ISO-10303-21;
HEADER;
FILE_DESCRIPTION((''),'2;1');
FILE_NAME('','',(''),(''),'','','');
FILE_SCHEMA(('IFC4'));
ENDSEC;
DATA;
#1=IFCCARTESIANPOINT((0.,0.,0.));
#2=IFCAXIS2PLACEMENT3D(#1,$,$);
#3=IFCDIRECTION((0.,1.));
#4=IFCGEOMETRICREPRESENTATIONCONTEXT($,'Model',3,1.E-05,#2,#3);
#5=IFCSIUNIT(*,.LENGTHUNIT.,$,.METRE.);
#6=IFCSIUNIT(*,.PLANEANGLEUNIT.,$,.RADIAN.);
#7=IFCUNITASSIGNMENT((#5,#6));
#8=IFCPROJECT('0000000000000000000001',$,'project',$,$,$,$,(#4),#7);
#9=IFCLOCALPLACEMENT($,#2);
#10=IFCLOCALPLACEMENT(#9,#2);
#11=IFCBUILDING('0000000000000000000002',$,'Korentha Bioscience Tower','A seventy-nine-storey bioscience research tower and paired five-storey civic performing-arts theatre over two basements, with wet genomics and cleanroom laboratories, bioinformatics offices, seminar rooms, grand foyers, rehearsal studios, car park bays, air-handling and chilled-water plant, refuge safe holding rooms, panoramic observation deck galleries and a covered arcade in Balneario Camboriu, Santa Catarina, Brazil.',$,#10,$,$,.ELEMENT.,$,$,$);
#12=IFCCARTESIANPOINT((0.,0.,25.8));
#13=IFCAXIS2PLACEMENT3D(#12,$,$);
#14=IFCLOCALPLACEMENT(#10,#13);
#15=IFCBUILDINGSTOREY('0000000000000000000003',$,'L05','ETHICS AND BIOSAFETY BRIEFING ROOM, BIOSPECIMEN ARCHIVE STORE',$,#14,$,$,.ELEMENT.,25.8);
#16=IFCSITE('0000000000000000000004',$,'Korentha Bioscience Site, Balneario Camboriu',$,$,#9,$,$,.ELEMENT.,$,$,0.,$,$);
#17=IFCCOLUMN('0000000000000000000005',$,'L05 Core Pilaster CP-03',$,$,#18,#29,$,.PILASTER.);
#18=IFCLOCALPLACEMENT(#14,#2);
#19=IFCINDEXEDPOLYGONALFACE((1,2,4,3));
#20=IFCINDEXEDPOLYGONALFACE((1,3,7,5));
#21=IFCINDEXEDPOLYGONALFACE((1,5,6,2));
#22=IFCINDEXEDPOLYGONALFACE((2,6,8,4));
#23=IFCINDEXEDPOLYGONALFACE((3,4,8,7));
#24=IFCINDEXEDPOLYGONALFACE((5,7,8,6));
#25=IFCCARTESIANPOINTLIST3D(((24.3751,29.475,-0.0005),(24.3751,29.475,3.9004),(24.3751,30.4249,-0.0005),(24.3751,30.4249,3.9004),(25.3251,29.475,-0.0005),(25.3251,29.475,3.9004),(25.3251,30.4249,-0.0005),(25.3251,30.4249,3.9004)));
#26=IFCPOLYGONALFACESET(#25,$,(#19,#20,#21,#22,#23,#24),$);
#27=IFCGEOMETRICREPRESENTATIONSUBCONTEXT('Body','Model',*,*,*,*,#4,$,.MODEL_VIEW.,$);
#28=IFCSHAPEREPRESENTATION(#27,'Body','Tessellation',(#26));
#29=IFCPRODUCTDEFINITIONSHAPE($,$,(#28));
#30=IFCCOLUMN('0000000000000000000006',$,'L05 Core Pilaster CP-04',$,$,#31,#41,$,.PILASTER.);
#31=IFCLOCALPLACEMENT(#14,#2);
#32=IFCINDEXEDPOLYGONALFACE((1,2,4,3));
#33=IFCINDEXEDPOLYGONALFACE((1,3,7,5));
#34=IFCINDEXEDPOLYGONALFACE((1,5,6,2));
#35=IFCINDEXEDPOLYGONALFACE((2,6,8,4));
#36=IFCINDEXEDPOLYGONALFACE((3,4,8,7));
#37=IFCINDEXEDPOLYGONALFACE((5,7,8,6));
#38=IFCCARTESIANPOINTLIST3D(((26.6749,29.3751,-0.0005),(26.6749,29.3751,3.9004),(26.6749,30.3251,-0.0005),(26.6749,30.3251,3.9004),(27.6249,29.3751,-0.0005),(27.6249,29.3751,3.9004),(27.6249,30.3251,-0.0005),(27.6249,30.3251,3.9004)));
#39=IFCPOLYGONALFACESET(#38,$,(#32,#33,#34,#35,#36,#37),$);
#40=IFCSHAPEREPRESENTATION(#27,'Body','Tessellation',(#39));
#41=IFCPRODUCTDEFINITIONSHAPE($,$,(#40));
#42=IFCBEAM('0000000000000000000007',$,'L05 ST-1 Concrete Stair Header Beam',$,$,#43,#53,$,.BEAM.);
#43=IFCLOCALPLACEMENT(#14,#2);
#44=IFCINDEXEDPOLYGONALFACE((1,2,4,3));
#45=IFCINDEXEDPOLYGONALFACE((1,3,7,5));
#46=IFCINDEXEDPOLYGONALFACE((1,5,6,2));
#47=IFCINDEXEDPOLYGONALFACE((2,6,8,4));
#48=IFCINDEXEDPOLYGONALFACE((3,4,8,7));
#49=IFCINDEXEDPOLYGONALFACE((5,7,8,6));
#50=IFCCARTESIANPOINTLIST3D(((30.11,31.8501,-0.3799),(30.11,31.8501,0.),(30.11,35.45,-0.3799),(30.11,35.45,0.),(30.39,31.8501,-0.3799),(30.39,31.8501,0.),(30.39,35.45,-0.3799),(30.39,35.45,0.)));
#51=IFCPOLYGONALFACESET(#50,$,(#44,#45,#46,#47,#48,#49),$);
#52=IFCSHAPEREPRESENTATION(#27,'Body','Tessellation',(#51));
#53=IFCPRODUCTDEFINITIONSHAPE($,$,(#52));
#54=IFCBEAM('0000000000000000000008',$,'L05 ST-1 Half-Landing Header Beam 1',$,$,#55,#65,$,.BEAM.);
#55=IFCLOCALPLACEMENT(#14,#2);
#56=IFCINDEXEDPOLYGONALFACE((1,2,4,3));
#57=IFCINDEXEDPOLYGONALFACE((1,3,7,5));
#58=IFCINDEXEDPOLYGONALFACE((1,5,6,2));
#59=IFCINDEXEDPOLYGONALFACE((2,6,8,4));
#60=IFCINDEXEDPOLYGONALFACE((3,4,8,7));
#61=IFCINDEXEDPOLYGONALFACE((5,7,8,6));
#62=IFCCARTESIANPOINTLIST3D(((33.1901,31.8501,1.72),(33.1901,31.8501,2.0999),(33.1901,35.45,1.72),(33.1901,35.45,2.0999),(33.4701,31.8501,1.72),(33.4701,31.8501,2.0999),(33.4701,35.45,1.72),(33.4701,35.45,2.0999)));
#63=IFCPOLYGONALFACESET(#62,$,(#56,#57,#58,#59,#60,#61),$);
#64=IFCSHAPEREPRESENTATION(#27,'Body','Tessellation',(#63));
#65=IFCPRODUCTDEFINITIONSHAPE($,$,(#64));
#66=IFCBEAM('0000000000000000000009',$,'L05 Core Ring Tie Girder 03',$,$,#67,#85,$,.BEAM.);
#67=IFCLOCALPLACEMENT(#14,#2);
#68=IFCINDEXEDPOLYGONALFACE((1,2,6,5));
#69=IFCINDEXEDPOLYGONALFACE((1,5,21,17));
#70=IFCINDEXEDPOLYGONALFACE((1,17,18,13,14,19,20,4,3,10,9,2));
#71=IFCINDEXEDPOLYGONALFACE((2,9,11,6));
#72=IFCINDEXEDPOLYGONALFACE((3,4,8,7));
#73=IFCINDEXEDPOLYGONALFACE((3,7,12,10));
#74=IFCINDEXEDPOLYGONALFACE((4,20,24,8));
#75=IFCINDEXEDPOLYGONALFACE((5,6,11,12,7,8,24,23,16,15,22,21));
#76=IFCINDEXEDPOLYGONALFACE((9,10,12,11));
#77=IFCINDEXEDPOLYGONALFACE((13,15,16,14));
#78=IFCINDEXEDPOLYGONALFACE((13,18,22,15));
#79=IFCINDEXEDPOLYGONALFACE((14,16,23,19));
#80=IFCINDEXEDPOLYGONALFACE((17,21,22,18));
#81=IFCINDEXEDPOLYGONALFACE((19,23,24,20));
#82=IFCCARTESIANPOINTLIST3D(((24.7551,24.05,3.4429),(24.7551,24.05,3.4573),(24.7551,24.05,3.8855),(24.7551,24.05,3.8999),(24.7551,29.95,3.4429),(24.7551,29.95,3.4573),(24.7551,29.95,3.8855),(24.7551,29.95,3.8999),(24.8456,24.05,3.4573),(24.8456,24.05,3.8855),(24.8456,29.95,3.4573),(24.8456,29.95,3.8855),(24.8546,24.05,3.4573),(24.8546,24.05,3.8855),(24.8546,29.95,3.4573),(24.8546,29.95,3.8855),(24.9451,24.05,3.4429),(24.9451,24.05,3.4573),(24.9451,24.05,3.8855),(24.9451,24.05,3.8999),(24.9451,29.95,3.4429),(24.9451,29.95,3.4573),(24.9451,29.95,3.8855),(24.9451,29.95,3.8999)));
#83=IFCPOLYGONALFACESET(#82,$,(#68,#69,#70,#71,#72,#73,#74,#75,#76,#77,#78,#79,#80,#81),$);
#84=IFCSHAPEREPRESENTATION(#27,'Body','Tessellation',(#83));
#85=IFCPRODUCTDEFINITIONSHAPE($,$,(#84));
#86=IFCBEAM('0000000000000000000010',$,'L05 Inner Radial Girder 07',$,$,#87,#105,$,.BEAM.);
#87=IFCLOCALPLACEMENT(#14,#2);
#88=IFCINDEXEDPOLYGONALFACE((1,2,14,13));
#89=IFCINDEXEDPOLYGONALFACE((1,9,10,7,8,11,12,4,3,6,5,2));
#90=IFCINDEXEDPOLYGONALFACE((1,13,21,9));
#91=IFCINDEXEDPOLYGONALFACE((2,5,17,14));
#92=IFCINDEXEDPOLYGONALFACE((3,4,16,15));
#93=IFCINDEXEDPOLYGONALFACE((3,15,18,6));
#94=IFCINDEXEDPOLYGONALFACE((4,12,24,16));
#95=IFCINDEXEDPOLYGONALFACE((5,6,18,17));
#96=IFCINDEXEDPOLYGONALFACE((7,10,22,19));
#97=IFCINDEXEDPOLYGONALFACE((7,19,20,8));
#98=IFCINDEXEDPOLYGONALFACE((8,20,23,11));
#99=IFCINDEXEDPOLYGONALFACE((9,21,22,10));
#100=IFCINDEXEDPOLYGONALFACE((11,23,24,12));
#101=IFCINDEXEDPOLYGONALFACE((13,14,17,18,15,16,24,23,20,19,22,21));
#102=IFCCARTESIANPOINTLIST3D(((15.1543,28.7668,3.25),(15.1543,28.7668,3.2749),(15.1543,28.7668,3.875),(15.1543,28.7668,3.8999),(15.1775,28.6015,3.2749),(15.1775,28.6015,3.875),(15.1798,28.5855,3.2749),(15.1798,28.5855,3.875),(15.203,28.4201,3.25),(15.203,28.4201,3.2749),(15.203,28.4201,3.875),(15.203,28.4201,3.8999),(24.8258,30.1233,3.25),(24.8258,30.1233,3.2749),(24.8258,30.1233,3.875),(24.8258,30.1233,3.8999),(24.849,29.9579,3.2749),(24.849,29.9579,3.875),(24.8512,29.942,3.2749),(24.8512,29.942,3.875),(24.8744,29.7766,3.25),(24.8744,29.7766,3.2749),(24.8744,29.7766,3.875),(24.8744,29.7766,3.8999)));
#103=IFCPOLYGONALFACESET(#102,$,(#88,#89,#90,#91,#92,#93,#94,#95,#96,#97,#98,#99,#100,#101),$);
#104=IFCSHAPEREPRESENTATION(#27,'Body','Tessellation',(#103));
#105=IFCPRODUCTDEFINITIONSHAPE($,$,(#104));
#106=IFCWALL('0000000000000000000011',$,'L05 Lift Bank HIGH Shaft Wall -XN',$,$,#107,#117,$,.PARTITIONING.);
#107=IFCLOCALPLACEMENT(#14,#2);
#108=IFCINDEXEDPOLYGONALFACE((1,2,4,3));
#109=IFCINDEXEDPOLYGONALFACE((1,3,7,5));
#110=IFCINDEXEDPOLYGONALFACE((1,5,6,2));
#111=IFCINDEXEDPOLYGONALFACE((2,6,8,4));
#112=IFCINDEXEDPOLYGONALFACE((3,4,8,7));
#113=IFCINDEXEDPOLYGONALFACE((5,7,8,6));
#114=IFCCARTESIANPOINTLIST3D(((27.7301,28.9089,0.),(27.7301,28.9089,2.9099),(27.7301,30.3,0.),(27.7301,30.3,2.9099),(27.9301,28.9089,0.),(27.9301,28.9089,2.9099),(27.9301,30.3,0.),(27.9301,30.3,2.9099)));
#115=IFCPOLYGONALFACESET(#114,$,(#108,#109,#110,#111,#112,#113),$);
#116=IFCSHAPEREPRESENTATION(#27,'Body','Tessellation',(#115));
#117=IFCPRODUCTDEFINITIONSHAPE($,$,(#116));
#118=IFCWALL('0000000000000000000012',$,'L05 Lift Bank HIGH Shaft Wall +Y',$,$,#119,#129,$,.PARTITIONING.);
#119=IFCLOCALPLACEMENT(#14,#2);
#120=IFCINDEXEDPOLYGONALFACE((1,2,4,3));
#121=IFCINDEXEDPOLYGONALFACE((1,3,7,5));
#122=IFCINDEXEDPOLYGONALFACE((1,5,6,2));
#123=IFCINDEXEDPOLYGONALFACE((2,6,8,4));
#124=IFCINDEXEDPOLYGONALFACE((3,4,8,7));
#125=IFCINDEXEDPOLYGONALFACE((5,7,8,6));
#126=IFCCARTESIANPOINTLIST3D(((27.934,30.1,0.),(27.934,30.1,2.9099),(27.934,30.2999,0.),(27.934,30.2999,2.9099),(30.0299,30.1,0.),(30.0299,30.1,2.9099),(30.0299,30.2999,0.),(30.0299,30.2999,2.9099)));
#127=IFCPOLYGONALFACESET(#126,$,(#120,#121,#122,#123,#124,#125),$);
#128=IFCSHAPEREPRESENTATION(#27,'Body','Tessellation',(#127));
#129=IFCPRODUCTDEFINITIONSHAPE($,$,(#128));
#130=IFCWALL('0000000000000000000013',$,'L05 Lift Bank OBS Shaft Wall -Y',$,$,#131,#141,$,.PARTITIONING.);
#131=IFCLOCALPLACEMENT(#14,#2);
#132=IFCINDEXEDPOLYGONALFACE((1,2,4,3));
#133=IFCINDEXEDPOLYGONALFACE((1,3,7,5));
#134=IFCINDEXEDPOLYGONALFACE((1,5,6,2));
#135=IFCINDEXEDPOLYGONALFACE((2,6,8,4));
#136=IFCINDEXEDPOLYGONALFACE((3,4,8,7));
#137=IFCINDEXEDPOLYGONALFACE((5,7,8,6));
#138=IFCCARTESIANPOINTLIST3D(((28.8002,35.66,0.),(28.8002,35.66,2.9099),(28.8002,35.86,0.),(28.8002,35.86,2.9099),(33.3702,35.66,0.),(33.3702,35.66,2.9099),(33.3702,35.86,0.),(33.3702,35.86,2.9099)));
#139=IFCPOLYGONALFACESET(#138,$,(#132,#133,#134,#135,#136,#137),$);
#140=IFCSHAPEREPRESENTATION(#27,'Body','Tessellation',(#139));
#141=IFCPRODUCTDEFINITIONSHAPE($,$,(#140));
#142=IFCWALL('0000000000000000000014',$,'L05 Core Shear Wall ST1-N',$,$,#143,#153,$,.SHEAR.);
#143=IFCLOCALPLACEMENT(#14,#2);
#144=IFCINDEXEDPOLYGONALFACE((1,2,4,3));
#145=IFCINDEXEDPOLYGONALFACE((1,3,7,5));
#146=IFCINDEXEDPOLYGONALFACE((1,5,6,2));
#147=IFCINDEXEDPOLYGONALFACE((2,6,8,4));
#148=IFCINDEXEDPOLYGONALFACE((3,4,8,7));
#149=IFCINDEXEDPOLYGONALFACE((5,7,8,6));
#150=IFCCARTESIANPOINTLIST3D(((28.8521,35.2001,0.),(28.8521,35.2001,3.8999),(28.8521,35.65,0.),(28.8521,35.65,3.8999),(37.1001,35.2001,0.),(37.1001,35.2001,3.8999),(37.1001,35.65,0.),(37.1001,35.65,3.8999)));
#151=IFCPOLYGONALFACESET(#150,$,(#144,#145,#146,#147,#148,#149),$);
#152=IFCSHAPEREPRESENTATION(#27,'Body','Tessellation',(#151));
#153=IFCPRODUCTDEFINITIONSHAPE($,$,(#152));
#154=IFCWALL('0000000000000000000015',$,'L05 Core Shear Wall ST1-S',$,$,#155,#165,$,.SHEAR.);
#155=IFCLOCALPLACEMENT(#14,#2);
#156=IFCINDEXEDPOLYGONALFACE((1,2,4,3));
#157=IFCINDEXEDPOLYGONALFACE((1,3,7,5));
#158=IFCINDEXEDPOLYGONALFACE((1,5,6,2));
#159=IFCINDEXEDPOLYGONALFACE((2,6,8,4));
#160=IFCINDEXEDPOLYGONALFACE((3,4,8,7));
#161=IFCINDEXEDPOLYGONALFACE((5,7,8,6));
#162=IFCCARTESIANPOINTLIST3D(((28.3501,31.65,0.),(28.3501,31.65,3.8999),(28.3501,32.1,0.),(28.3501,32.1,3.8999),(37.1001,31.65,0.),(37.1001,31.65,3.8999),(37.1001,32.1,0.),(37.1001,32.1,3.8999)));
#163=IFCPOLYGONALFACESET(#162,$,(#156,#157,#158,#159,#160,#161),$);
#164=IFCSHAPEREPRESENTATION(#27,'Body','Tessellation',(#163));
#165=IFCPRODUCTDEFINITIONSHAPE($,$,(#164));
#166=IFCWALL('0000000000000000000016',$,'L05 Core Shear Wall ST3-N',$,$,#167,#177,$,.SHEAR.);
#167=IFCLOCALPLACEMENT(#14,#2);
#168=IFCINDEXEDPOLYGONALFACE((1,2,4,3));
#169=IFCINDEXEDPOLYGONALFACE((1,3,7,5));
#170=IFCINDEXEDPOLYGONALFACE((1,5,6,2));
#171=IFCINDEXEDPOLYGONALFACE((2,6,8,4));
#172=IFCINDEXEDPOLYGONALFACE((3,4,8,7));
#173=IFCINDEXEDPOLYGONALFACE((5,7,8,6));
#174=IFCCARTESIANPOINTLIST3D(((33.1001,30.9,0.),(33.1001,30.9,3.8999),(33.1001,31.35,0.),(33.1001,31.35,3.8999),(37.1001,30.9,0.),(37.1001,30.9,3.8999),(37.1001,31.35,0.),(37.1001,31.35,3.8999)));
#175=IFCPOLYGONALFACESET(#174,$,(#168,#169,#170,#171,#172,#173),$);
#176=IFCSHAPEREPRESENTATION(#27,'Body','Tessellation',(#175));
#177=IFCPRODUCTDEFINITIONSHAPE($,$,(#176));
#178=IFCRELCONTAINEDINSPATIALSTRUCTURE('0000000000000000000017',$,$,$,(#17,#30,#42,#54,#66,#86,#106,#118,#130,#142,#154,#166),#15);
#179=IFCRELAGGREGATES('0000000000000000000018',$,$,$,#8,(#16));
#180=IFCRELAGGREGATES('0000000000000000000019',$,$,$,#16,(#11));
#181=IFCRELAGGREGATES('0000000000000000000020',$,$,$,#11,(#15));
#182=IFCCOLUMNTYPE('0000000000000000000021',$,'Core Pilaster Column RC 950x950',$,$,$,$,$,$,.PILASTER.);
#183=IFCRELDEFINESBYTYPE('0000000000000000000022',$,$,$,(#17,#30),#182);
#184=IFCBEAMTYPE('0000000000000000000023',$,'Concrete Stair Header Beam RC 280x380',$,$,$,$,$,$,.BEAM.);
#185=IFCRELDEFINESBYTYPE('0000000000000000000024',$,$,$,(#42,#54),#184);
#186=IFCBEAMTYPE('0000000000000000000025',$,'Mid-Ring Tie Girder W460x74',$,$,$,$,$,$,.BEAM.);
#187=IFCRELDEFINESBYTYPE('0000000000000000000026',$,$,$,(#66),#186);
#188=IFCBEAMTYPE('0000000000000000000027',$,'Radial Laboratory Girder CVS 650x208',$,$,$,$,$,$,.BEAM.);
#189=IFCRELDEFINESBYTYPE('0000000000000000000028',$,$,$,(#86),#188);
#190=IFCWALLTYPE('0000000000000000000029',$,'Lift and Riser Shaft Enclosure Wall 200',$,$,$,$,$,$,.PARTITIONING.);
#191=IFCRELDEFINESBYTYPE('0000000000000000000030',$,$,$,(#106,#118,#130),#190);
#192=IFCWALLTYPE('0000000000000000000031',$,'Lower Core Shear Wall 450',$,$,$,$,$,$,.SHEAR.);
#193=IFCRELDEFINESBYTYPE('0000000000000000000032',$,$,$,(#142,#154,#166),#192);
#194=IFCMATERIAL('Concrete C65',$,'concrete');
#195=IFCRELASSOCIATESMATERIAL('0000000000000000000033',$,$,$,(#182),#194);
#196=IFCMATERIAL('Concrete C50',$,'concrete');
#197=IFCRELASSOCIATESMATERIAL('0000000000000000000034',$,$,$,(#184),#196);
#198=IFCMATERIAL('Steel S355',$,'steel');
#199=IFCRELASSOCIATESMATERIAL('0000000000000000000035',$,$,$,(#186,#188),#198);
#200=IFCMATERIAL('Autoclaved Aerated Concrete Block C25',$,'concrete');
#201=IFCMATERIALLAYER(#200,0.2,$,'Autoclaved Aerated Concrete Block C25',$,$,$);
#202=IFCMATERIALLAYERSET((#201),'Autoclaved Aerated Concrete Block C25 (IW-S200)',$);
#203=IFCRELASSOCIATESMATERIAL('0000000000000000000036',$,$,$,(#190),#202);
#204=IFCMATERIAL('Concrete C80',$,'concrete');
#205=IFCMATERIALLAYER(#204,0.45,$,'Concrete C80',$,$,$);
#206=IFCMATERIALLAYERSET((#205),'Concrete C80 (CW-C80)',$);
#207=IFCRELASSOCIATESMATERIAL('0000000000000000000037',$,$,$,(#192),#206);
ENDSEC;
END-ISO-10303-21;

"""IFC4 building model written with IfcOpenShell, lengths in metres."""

from ifc_helpers import new_model, si_unit, direction, frame, frame_2d, origin, origin_2d, place, context, subcontext, project, spatial, rectangle, i_section, extrude, material, layer, layer_set, material_profile, profile_set, type_object, element, save


model = new_model("IFC4")

# Units and contexts
model_context = context("Model", 3, precision=1e-05, world=origin(), true_north=direction((0.0, 1.0)))
body_context = subcontext(model_context, "Body", "Model", "MODEL_VIEW")
ifc_project = project(units=[si_unit("LENGTHUNIT", "METRE"), si_unit("PLANEANGLEUNIT", "RADIAN")], contexts=[model_context])

# Site, building, storey
site_placement = place(None, origin())
site = spatial("IfcSite", under=ifc_project, at=site_placement, Name="Korentha Bioscience Site, Balneario Camboriu", CompositionType="ELEMENT", RefElevation=0.0)
building_placement = place(site_placement, origin())
building = spatial("IfcBuilding", under=site, at=building_placement, Name="Korentha Bioscience Tower", Description="A seventy-nine-storey bioscience research tower and paired five-storey civic performing-arts theatre over two basements, with wet genomics and cleanroom laboratories, bioinformatics offices, seminar rooms, grand foyers, rehearsal studios, car park bays, air-handling and chilled-water plant, refuge safe holding rooms, panoramic observation deck galleries and a covered arcade in Balneario Camboriu, Santa Catarina, Brazil.", CompositionType="ELEMENT")
storey_placement = place(building_placement, frame((0.0, 0.0, 25.8)))
storey = spatial("IfcBuildingStorey", under=building, at=storey_placement, Name="L05", Description="ETHICS AND BIOSAFETY BRIEFING ROOM, BIOSPECIMEN ARCHIVE STORE", CompositionType="ELEMENT", Elevation=25.8)

# Columns
ifc_material_1 = material(Name="Concrete C65", Category="concrete")
ifc_material_profile_1 = material_profile(ifc_material_1, rectangle(XDim=0.95, YDim=0.95, at=origin_2d()), Name="Concrete C65")
ifc_profile_set_1 = profile_set([ifc_material_profile_1], Name="Concrete C65 (COL-CP09)")
column_type = type_object("IfcColumnType", Name="Core Pilaster Column RC 950x950", PredefinedType="PILASTER", material=ifc_profile_set_1)
for number, where, z_axis, x_axis, name in (
    (1, (24.8501, 29.95, -0.0005), (0.0, 0.0, 1.0), (1.0, 0.0, 0.0), "L05 Core Pilaster CP-03"),
    (2, (27.1499, 29.8501, -0.0005), (0.0, 0.0, 1.0), (1.0, 0.0, 0.0), "L05 Core Pilaster CP-04"),
):
    element("IfcColumn", number, at=place(storey_placement, frame(where, z_axis=z_axis, x_axis=x_axis)), inside=storey, type_object=column_type, Name=name, PredefinedType="PILASTER", context=body_context, shape_type="SweptSolid", body=[
        extrude(rectangle(XDim=0.95, YDim=0.95, at=origin_2d()), origin(), (0.0, 0.0, 1.0), 3.9009),
    ])

# Beams
ifc_material_2 = material(Name="Concrete C50", Category="concrete")
ifc_material_profile_2 = material_profile(ifc_material_2, rectangle(XDim=0.28, YDim=0.3799, at=origin_2d()), Name="Concrete C50")
ifc_profile_set_2 = profile_set([ifc_material_profile_2], Name="Concrete C50 (ST-HB380)")
beam_type_1 = type_object("IfcBeamType", Name="Concrete Stair Header Beam RC 280x380", PredefinedType="BEAM", material=ifc_profile_set_2)
for number, where, z_axis, x_axis, name in (
    (3, (30.25, 31.8501, -0.1899), (0.0, 1.0, 0.0), (-1.0, 0.0, 0.0), "L05 ST-1 Concrete Stair Header Beam"),
    (4, (33.3301, 31.8501, 1.9099), (0.0, 1.0, 0.0), (-1.0, 0.0, 0.0), "L05 ST-1 Half-Landing Header Beam 1"),
):
    element("IfcBeam", number, at=place(storey_placement, frame(where, z_axis=z_axis, x_axis=x_axis)), inside=storey, type_object=beam_type_1, Name=name, PredefinedType="BEAM", context=body_context, shape_type="SweptSolid", body=[
        extrude(rectangle(XDim=0.28, YDim=0.3799, at=origin_2d()), origin(), (0.0, 0.0, 1.0), 3.5999),
    ])
ifc_material_3 = material(Name="Steel S355", Category="steel")
ifc_material_profile_3 = material_profile(ifc_material_3, i_section(OverallWidth=0.1899, OverallDepth=0.457, WebThickness=0.009, FlangeThickness=0.0144, at=origin_2d()), Name="Steel S355")
ifc_profile_set_3 = profile_set([ifc_material_profile_3], Name="Steel S355 (MB-460)")
beam_type_2 = type_object("IfcBeamType", Name="Mid-Ring Tie Girder W460x74", PredefinedType="BEAM", material=ifc_profile_set_3)
beam_1_placement = place(storey_placement, frame((24.8501, 29.95, 3.6714), z_axis=(0.0, -1.0, 0.0), x_axis=(1.0, 0.0, 0.0)))
element("IfcBeam", 5, at=beam_1_placement, inside=storey, type_object=beam_type_2, Name="L05 Core Ring Tie Girder 03", PredefinedType="BEAM", context=body_context, shape_type="SweptSolid", body=[
    extrude(i_section(OverallWidth=0.1899, OverallDepth=0.457, WebThickness=0.009, FlangeThickness=0.0144, at=origin_2d()), origin(), (0.0, 0.0, 1.0), 5.8999),
])
ifc_material_profile_4 = material_profile(ifc_material_3, i_section(OverallWidth=0.3501, OverallDepth=0.6499, WebThickness=0.0161, FlangeThickness=0.0249, at=origin_2d()), Name="Steel S355")
ifc_profile_set_4 = profile_set([ifc_material_profile_4], Name="Steel S355 (RB-650)")
beam_type_3 = type_object("IfcBeamType", Name="Radial Laboratory Girder CVS 650x208", PredefinedType="BEAM", material=ifc_profile_set_4)
beam_2_placement = place(storey_placement, frame((24.8501, 29.95, 3.575), z_axis=(-0.990307, -0.138894, 0.0), x_axis=(0.138894, -0.990307, 0.0)))
element("IfcBeam", 6, at=beam_2_placement, inside=storey, type_object=beam_type_3, Name="L05 Inner Radial Girder 07", PredefinedType="BEAM", context=body_context, shape_type="SweptSolid", body=[
    extrude(i_section(OverallWidth=0.3501, OverallDepth=0.6499, WebThickness=0.0161, FlangeThickness=0.0249, at=origin_2d()), origin(), (0.0, 0.0, 1.0), 9.7661),
])

# Walls
ifc_material_4 = material(Name="Autoclaved Aerated Concrete Block C25", Category="concrete")
ifc_layer_1 = layer(ifc_material_4, 0.2, Name="Autoclaved Aerated Concrete Block C25")
ifc_layer_set_1 = layer_set([ifc_layer_1], Name="Autoclaved Aerated Concrete Block C25 (IW-S200)")
wall_type_1 = type_object("IfcWallType", Name="Lift and Riser Shaft Enclosure Wall 200", PredefinedType="PARTITIONING", material=ifc_layer_set_1)
wall_1_placement = place(storey_placement, frame((27.8301, 28.9089, 0.0), z_axis=(0.0, 0.0, 1.0), x_axis=(0.0, 1.0, 0.0)))
element("IfcWall", 7, at=wall_1_placement, inside=storey, type_object=wall_type_1, Name="L05 Lift Bank HIGH Shaft Wall -XN", PredefinedType="PARTITIONING", context=body_context, shape_type="SweptSolid", body=[
    extrude(rectangle(XDim=1.3911, YDim=0.2, at=frame_2d((0.6956, 0.0))), origin(), (0.0, 0.0, 1.0), 2.9099),
])
wall_2_placement = place(storey_placement, frame((27.9341, 30.2, 0.0), z_axis=(0.0, 0.0, 1.0), x_axis=(1.0, 0.0, 0.0)))
element("IfcWall", 8, at=wall_2_placement, inside=storey, type_object=wall_type_1, Name="L05 Lift Bank HIGH Shaft Wall +Y", PredefinedType="PARTITIONING", context=body_context, shape_type="SweptSolid", body=[
    extrude(rectangle(XDim=2.0959, YDim=0.2, at=frame_2d((1.0479, 0.0))), origin(), (0.0, 0.0, 1.0), 2.9099),
])
wall_3_placement = place(storey_placement, frame((28.8, 35.76, 0.0), z_axis=(0.0, 0.0, 1.0), x_axis=(1.0, 0.0, 0.0)))
element("IfcWall", 9, at=wall_3_placement, inside=storey, type_object=wall_type_1, Name="L05 Lift Bank OBS Shaft Wall -Y", PredefinedType="PARTITIONING", context=body_context, shape_type="SweptSolid", body=[
    extrude(rectangle(XDim=4.5701, YDim=0.2, at=frame_2d((2.2852, 0.0))), origin(), (0.0, 0.0, 1.0), 2.9099),
])
ifc_material_5 = material(Name="Concrete C80", Category="concrete")
ifc_layer_2 = layer(ifc_material_5, 0.45, Name="Concrete C80")
ifc_layer_set_2 = layer_set([ifc_layer_2], Name="Concrete C80 (CW-C80)")
wall_type_2 = type_object("IfcWallType", Name="Lower Core Shear Wall 450", PredefinedType="SHEAR", material=ifc_layer_set_2)
wall_4_placement = place(storey_placement, frame((28.8521, 35.425, 0.0), z_axis=(0.0, 0.0, 1.0), x_axis=(1.0, 0.0, 0.0)))
element("IfcWall", 10, at=wall_4_placement, inside=storey, type_object=wall_type_2, Name="L05 Core Shear Wall ST1-N", PredefinedType="SHEAR", context=body_context, shape_type="SweptSolid", body=[
    extrude(rectangle(XDim=8.248, YDim=0.45, at=frame_2d((4.124, 0.0))), origin(), (0.0, 0.0, 1.0), 3.8999),
])
wall_5_placement = place(storey_placement, frame((28.3501, 31.875, 0.0), z_axis=(0.0, 0.0, 1.0), x_axis=(1.0, 0.0, 0.0)))
element("IfcWall", 11, at=wall_5_placement, inside=storey, type_object=wall_type_2, Name="L05 Core Shear Wall ST1-S", PredefinedType="SHEAR", context=body_context, shape_type="SweptSolid", body=[
    extrude(rectangle(XDim=8.75, YDim=0.45, at=frame_2d((4.375, 0.0))), origin(), (0.0, 0.0, 1.0), 3.8999),
])

# Wall
wall_6_placement = place(storey_placement, frame((33.1001, 31.125, 0.0), z_axis=(0.0, 0.0, 1.0), x_axis=(1.0, 0.0, 0.0)))
element("IfcWall", 12, at=wall_6_placement, inside=storey, type_object=wall_type_2, Name="L05 Core Shear Wall ST3-N", PredefinedType="SHEAR", context=body_context, shape_type="SweptSolid", body=[
    extrude(rectangle(XDim=4.0, YDim=0.45, at=frame_2d((2.0, 0.0))), origin(), (0.0, 0.0, 1.0), 3.8999),
])

save(model, "model.ifc")
